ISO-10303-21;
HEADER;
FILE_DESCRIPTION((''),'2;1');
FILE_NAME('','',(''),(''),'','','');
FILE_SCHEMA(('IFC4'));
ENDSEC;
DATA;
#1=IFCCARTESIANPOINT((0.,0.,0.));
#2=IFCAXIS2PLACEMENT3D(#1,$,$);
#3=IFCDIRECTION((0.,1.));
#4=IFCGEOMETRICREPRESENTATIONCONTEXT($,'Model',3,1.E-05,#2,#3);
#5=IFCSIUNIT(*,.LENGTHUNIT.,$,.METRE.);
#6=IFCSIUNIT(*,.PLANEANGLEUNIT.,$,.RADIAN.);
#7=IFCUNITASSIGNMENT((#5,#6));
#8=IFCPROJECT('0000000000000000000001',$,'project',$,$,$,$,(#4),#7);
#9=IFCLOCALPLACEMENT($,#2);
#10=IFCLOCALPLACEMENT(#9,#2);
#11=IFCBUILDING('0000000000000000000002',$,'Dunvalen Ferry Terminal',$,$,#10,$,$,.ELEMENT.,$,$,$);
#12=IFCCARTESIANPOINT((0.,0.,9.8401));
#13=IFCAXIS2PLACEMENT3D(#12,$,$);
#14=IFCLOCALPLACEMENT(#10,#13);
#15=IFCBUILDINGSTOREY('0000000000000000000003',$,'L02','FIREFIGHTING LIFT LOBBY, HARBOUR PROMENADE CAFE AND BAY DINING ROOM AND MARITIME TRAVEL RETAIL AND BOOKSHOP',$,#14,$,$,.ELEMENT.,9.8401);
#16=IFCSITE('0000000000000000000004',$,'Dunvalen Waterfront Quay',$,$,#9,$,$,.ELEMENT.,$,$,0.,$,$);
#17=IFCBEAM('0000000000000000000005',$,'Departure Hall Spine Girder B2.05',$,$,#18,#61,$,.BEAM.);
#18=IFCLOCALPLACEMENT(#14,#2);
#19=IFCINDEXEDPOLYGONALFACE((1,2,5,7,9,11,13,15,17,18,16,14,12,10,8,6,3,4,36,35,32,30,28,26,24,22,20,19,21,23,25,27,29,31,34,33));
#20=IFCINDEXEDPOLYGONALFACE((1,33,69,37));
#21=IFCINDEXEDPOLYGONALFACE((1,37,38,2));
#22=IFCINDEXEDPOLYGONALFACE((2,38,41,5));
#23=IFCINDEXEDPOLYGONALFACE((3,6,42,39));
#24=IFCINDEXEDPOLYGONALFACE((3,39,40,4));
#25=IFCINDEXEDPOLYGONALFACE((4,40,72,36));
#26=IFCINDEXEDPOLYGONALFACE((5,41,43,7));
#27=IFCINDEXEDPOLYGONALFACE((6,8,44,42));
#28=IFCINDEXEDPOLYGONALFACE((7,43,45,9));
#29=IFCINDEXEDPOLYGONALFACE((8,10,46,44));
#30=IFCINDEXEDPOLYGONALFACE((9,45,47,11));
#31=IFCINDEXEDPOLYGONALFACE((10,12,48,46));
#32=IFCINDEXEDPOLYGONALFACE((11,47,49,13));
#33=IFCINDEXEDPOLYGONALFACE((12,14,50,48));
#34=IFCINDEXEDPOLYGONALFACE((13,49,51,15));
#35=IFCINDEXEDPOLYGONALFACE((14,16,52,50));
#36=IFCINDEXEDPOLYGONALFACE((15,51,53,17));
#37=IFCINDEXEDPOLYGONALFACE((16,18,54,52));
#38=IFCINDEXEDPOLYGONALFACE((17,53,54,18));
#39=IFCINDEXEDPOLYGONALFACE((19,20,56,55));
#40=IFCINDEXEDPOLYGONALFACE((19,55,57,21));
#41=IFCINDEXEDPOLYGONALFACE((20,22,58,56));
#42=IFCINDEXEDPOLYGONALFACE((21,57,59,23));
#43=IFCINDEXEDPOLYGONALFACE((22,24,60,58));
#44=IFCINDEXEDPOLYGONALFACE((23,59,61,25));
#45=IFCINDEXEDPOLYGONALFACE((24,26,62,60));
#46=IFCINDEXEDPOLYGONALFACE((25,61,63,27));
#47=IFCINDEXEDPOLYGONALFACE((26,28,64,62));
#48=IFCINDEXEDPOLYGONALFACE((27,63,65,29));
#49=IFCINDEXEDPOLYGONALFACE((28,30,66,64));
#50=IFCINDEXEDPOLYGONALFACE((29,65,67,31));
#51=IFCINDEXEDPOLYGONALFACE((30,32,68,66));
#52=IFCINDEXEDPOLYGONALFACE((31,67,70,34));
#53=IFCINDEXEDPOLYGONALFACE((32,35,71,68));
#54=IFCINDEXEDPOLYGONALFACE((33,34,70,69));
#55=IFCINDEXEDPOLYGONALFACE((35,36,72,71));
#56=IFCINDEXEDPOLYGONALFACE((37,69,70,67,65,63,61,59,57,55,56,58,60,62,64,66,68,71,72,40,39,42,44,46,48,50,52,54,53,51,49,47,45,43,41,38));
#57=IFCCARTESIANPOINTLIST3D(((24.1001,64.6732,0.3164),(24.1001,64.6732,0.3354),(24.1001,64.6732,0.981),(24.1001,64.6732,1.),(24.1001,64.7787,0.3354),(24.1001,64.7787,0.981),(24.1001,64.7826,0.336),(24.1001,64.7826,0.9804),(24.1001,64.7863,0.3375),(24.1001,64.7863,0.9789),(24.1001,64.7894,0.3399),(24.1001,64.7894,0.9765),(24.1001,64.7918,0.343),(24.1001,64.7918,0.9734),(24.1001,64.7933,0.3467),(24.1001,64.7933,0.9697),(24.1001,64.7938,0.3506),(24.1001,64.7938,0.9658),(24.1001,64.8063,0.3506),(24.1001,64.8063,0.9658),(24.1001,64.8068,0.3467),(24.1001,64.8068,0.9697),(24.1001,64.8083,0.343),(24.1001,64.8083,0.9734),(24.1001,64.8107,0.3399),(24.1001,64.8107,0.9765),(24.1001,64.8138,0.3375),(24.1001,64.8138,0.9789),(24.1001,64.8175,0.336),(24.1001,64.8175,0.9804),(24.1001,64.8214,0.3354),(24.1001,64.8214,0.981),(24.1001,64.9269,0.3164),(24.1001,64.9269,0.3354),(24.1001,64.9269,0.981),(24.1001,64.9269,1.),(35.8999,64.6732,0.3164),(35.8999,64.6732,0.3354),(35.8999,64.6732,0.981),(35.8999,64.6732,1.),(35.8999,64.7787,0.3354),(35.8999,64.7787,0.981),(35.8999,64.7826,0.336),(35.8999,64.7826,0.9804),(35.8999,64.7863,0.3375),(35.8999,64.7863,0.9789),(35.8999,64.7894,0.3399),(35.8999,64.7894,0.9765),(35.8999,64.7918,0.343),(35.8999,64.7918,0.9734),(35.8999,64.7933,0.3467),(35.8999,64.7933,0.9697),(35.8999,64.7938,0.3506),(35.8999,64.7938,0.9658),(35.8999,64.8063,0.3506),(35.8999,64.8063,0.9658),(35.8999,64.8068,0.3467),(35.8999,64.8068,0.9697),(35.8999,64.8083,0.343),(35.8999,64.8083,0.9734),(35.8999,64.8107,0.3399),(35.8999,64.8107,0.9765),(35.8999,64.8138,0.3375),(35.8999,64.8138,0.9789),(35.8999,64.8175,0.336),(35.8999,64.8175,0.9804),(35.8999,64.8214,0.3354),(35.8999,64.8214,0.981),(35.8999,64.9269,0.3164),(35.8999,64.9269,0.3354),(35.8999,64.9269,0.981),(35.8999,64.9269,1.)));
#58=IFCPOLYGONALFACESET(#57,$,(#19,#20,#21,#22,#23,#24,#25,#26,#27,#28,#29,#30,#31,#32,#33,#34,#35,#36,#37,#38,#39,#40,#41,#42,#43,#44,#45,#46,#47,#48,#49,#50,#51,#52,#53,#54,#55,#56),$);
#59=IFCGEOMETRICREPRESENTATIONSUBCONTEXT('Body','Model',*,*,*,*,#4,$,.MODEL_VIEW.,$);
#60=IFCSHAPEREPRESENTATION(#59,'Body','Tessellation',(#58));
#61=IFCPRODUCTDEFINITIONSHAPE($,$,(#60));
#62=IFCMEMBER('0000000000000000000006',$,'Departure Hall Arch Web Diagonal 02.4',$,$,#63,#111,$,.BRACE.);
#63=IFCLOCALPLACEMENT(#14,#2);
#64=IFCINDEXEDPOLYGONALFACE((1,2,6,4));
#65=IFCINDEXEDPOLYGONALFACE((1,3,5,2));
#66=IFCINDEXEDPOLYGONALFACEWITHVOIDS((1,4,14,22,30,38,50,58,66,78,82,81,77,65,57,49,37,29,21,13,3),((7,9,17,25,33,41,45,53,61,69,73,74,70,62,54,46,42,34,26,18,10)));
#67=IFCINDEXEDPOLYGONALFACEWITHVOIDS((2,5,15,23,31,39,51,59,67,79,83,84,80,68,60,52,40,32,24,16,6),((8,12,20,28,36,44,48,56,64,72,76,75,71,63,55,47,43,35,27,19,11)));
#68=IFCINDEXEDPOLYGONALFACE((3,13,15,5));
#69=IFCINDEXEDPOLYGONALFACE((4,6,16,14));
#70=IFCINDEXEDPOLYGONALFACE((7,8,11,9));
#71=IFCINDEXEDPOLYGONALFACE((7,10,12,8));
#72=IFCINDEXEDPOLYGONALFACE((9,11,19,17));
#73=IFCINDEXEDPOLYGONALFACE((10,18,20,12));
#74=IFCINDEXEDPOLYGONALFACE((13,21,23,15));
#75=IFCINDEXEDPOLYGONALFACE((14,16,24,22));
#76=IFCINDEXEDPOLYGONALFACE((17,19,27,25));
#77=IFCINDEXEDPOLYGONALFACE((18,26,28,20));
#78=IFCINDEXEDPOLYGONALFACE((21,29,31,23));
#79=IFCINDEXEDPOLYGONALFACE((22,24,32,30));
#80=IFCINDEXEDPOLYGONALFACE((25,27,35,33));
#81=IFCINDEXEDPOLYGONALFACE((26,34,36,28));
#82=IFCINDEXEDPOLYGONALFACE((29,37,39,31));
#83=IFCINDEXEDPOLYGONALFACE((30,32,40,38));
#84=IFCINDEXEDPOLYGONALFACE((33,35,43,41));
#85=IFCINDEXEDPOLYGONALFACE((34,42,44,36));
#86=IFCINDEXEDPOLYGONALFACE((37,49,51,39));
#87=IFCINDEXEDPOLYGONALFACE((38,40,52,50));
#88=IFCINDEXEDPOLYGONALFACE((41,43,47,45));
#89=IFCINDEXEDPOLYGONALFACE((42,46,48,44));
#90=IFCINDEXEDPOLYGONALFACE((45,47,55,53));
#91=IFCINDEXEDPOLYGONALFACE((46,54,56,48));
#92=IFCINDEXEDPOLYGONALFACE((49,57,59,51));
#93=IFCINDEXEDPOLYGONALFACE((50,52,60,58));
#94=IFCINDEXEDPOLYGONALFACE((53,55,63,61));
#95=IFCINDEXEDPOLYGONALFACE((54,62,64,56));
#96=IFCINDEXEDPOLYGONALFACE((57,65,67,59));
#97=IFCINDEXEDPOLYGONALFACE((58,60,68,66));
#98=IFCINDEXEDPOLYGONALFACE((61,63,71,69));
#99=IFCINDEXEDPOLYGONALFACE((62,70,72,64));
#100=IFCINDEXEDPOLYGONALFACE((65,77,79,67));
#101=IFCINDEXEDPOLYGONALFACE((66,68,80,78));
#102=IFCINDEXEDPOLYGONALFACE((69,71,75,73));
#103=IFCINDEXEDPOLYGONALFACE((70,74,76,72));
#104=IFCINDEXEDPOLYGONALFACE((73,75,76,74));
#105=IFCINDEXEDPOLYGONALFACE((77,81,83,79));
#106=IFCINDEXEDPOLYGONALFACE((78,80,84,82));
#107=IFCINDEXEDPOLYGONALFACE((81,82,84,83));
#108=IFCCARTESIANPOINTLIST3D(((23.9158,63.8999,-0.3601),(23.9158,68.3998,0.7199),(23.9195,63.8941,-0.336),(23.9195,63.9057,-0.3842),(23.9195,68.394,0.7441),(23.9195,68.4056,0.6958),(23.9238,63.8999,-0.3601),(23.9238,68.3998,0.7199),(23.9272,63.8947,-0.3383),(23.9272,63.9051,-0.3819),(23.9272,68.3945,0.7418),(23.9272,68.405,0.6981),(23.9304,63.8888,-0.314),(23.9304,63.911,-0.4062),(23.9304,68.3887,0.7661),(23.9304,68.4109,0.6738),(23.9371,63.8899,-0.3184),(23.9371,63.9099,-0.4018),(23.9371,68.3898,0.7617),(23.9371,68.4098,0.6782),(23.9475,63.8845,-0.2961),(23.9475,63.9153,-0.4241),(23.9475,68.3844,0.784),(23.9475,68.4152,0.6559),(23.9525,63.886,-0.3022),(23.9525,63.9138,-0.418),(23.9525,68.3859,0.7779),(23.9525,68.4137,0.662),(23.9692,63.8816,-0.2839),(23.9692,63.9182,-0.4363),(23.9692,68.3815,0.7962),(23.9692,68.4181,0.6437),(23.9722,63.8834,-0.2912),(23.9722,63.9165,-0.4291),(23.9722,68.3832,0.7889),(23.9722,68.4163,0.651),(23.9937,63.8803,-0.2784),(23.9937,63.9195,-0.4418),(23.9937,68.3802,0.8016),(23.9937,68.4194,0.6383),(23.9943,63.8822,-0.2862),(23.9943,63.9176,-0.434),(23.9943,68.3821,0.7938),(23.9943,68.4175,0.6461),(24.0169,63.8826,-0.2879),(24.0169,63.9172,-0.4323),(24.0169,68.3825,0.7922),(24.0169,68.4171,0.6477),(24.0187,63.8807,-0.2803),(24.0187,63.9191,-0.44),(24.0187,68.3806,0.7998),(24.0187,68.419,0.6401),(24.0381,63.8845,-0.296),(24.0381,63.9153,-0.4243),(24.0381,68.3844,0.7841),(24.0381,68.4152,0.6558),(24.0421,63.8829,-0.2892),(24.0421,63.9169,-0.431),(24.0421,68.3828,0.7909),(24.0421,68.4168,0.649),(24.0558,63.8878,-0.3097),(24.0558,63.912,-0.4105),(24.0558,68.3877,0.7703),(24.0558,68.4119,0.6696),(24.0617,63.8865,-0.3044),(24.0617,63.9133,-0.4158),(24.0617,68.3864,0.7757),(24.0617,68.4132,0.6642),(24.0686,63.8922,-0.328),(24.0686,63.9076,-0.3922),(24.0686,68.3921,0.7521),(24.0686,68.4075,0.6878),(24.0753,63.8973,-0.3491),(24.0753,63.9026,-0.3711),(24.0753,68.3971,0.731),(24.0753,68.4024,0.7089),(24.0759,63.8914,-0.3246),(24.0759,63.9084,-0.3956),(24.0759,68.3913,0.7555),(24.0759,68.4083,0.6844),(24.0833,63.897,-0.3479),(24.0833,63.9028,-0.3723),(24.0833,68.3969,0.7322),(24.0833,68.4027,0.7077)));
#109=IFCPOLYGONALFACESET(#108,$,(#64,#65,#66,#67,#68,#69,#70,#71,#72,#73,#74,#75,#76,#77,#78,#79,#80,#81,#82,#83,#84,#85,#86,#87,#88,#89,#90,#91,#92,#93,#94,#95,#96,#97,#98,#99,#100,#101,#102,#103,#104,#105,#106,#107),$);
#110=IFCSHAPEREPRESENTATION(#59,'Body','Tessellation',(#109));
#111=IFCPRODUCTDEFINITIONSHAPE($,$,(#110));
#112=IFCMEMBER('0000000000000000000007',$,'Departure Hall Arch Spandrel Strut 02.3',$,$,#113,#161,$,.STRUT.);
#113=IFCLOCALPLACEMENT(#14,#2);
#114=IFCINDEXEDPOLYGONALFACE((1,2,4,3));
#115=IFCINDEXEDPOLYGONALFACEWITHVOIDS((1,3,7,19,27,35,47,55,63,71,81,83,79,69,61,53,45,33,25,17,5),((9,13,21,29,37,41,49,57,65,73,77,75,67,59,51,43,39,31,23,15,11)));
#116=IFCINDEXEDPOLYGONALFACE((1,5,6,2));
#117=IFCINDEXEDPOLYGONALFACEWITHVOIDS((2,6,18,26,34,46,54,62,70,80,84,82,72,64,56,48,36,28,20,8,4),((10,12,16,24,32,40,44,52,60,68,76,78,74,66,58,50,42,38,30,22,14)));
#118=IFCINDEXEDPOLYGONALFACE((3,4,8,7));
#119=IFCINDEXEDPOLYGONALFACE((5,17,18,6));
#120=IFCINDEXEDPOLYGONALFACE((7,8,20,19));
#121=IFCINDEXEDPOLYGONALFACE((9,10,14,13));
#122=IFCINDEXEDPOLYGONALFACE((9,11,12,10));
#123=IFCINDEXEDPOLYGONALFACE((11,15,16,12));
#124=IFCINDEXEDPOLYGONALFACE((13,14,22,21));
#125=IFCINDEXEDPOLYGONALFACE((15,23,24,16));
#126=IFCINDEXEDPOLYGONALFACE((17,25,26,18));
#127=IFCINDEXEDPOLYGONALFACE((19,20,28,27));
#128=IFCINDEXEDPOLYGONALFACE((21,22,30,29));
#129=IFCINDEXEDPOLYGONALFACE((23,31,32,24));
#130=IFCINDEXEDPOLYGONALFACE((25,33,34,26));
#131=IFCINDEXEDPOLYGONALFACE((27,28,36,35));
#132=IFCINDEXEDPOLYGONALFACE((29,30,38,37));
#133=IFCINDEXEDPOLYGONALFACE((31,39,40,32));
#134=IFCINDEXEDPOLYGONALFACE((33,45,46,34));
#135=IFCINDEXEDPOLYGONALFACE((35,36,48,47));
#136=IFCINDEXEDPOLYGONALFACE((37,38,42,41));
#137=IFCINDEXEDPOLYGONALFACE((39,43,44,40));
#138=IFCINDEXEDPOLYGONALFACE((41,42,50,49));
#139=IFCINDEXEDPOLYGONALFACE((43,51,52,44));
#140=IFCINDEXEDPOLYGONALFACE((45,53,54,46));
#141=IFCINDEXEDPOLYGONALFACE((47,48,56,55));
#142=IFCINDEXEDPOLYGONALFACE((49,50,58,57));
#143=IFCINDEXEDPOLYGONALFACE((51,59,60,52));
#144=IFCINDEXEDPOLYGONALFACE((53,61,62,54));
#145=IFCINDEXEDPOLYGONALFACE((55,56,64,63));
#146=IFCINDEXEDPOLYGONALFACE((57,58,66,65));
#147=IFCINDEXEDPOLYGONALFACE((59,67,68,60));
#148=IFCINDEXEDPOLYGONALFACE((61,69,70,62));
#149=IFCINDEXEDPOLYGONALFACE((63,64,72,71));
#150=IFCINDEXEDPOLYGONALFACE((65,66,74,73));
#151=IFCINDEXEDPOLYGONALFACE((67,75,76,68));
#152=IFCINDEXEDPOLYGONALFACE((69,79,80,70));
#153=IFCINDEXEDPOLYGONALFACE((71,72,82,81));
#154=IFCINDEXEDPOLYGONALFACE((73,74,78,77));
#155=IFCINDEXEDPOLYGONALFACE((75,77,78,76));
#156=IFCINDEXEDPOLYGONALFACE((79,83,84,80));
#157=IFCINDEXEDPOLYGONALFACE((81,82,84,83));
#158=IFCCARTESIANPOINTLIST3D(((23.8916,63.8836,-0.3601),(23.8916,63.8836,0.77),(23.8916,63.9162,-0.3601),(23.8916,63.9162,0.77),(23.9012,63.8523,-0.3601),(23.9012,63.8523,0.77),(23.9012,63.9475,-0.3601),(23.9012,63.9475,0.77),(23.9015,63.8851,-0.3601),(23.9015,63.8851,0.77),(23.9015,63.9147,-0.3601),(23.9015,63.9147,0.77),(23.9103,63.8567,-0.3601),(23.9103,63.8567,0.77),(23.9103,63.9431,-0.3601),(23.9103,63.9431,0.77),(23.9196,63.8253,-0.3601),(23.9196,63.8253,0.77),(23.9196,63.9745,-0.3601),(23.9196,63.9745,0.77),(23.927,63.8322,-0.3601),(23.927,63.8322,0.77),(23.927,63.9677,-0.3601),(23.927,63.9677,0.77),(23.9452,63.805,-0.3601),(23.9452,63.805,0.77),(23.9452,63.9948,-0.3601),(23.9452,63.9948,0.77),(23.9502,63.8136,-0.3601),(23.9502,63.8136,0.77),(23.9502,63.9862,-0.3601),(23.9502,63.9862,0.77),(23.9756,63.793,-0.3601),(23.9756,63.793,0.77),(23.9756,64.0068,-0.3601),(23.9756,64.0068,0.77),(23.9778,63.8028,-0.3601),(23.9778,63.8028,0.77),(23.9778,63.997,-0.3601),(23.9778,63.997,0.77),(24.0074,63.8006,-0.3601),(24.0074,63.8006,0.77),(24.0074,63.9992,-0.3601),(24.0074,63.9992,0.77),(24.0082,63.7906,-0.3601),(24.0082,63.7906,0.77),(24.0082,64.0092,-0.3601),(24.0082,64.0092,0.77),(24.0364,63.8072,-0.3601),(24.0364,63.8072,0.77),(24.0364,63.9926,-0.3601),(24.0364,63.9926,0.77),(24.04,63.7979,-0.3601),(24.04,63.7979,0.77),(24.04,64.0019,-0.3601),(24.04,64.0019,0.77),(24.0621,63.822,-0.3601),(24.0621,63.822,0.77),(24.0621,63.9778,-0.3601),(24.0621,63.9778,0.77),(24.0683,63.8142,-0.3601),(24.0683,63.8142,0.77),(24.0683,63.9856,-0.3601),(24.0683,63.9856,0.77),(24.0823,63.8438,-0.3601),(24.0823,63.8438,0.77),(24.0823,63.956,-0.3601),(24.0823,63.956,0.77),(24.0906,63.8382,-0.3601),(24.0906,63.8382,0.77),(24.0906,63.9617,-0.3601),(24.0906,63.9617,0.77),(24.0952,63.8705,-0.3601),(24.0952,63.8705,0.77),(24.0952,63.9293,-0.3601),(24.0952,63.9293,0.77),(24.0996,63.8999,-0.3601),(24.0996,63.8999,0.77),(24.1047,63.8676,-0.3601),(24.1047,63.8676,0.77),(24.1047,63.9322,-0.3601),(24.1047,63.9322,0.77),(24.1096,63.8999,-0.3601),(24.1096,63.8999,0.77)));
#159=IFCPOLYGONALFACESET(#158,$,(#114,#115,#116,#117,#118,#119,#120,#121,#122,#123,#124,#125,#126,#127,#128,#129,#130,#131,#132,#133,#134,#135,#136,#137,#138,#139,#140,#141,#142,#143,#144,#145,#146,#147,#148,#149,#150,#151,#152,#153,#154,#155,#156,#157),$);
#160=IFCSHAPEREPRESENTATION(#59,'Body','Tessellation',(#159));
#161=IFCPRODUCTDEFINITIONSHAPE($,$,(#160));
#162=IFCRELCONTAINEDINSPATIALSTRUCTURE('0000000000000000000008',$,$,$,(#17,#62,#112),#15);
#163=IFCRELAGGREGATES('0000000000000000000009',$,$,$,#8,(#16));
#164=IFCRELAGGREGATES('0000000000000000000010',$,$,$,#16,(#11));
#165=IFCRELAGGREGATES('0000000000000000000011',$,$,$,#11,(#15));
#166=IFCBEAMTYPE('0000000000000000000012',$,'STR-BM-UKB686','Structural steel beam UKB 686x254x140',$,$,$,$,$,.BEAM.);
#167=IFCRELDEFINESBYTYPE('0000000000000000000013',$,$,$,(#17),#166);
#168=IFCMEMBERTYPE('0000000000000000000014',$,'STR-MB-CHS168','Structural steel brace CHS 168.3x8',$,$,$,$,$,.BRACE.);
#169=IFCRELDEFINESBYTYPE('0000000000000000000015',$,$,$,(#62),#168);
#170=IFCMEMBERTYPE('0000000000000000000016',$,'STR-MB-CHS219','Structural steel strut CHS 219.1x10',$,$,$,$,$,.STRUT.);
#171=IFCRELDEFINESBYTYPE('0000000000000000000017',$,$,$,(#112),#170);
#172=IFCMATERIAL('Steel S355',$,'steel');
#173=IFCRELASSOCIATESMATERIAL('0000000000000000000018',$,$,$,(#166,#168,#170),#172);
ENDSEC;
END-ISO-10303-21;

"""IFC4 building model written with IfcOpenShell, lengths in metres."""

from ifc_helpers import new_model, si_unit, direction, frame, origin, origin_2d, place, context, subcontext, project, spatial, hollow_circle, i_section, extrude, material, material_profile, profile_set, type_object, element, save


model = new_model("IFC4")

# Units and contexts
model_context = context("Model", 3, precision=1e-05, world=origin(), true_north=direction((0.0, 1.0)))
body_context = subcontext(model_context, "Body", "Model", "MODEL_VIEW")
ifc_project = project(units=[si_unit("LENGTHUNIT", "METRE"), si_unit("PLANEANGLEUNIT", "RADIAN")], contexts=[model_context])

# Site, building, storey
site_placement = place(None, origin())
site = spatial("IfcSite", under=ifc_project, at=site_placement, Name="Dunvalen Waterfront Quay", CompositionType="ELEMENT", RefElevation=0.0)
building_placement = place(site_placement, origin())
building = spatial("IfcBuilding", under=site, at=building_placement, Name="Dunvalen Ferry Terminal", CompositionType="ELEMENT")
storey_placement = place(building_placement, frame((0.0, 0.0, 9.8401)))
storey = spatial("IfcBuildingStorey", under=building, at=storey_placement, Name="L02", Description="FIREFIGHTING LIFT LOBBY, HARBOUR PROMENADE CAFE AND BAY DINING ROOM AND MARITIME TRAVEL RETAIL AND BOOKSHOP", CompositionType="ELEMENT", Elevation=9.8401)

# Beam
ifc_material_1 = material(Name="Steel S355", Category="steel")
ifc_material_profile_1 = material_profile(ifc_material_1, i_section(OverallWidth=0.2537, OverallDepth=0.6836, WebThickness=0.0125, FlangeThickness=0.019, FilletRadius=0.0151, at=origin_2d()), Name="Steel S355")
ifc_profile_set_1 = profile_set([ifc_material_profile_1], Name="Steel S355")
beam_type_1 = type_object("IfcBeamType", Name="STR-BM-UKB686", Description="Structural steel beam UKB 686x254x140", PredefinedType="BEAM", material=ifc_profile_set_1)
beam_1_placement = place(storey_placement, frame((24.1001, 64.8, 0.6582), z_axis=(1.0, 0.0, 0.0), x_axis=(0.0, 1.0, 0.0)))
element("IfcBeam", 1, at=beam_1_placement, inside=storey, type_object=beam_type_1, Name="Departure Hall Spine Girder B2.05", PredefinedType="BEAM", context=body_context, shape_type="SweptSolid", body=[
    extrude(i_section(OverallWidth=0.2537, OverallDepth=0.6836, WebThickness=0.0125, FlangeThickness=0.019, FilletRadius=0.0151, at=origin_2d()), origin(), (0.0, 0.0, 1.0), 11.7998),
])

# Members
ifc_material_profile_2 = material_profile(ifc_material_1, hollow_circle(Radius=0.0842, WallThickness=0.0081, at=origin_2d()), Name="Steel S355")
ifc_profile_set_2 = profile_set([ifc_material_profile_2], Name="Steel S355")
member_type_1 = type_object("IfcMemberType", Name="STR-MB-CHS168", Description="Structural steel brace CHS 168.3x8", PredefinedType="BRACE", material=ifc_profile_set_2)
member_1_placement = place(storey_placement, frame((24.0, 63.8999, -0.3601), z_axis=(0.0, 0.972383, 0.233389), x_axis=(-1.0, 0.0, 0.0)))
element("IfcMember", 2, at=member_1_placement, inside=storey, type_object=member_type_1, Name="Departure Hall Arch Web Diagonal 02.4", PredefinedType="BRACE", context=body_context, shape_type="SweptSolid", body=[
    extrude(hollow_circle(Radius=0.0842, WallThickness=0.0081, at=origin_2d()), origin(), (0.0, 0.0, 1.0), 4.6277),
])
ifc_material_profile_3 = material_profile(ifc_material_1, hollow_circle(Radius=0.1096, WallThickness=0.01, at=origin_2d()), Name="Steel S355")
ifc_profile_set_3 = profile_set([ifc_material_profile_3], Name="Steel S355")
member_type_2 = type_object("IfcMemberType", Name="STR-MB-CHS219", Description="Structural steel strut CHS 219.1x10", PredefinedType="STRUT", material=ifc_profile_set_3)
member_2_placement = place(storey_placement, frame((24.0, 63.8999, -0.3601), z_axis=(0.0, 0.0, 1.0), x_axis=(1.0, 0.0, 0.0)))
element("IfcMember", 3, at=member_2_placement, inside=storey, type_object=member_type_2, Name="Departure Hall Arch Spandrel Strut 02.3", PredefinedType="STRUT", context=body_context, shape_type="SweptSolid", body=[
    extrude(hollow_circle(Radius=0.1096, WallThickness=0.01, at=origin_2d()), origin(), (0.0, 0.0, 1.0), 1.1301),
])

save(model, "model.ifc")
